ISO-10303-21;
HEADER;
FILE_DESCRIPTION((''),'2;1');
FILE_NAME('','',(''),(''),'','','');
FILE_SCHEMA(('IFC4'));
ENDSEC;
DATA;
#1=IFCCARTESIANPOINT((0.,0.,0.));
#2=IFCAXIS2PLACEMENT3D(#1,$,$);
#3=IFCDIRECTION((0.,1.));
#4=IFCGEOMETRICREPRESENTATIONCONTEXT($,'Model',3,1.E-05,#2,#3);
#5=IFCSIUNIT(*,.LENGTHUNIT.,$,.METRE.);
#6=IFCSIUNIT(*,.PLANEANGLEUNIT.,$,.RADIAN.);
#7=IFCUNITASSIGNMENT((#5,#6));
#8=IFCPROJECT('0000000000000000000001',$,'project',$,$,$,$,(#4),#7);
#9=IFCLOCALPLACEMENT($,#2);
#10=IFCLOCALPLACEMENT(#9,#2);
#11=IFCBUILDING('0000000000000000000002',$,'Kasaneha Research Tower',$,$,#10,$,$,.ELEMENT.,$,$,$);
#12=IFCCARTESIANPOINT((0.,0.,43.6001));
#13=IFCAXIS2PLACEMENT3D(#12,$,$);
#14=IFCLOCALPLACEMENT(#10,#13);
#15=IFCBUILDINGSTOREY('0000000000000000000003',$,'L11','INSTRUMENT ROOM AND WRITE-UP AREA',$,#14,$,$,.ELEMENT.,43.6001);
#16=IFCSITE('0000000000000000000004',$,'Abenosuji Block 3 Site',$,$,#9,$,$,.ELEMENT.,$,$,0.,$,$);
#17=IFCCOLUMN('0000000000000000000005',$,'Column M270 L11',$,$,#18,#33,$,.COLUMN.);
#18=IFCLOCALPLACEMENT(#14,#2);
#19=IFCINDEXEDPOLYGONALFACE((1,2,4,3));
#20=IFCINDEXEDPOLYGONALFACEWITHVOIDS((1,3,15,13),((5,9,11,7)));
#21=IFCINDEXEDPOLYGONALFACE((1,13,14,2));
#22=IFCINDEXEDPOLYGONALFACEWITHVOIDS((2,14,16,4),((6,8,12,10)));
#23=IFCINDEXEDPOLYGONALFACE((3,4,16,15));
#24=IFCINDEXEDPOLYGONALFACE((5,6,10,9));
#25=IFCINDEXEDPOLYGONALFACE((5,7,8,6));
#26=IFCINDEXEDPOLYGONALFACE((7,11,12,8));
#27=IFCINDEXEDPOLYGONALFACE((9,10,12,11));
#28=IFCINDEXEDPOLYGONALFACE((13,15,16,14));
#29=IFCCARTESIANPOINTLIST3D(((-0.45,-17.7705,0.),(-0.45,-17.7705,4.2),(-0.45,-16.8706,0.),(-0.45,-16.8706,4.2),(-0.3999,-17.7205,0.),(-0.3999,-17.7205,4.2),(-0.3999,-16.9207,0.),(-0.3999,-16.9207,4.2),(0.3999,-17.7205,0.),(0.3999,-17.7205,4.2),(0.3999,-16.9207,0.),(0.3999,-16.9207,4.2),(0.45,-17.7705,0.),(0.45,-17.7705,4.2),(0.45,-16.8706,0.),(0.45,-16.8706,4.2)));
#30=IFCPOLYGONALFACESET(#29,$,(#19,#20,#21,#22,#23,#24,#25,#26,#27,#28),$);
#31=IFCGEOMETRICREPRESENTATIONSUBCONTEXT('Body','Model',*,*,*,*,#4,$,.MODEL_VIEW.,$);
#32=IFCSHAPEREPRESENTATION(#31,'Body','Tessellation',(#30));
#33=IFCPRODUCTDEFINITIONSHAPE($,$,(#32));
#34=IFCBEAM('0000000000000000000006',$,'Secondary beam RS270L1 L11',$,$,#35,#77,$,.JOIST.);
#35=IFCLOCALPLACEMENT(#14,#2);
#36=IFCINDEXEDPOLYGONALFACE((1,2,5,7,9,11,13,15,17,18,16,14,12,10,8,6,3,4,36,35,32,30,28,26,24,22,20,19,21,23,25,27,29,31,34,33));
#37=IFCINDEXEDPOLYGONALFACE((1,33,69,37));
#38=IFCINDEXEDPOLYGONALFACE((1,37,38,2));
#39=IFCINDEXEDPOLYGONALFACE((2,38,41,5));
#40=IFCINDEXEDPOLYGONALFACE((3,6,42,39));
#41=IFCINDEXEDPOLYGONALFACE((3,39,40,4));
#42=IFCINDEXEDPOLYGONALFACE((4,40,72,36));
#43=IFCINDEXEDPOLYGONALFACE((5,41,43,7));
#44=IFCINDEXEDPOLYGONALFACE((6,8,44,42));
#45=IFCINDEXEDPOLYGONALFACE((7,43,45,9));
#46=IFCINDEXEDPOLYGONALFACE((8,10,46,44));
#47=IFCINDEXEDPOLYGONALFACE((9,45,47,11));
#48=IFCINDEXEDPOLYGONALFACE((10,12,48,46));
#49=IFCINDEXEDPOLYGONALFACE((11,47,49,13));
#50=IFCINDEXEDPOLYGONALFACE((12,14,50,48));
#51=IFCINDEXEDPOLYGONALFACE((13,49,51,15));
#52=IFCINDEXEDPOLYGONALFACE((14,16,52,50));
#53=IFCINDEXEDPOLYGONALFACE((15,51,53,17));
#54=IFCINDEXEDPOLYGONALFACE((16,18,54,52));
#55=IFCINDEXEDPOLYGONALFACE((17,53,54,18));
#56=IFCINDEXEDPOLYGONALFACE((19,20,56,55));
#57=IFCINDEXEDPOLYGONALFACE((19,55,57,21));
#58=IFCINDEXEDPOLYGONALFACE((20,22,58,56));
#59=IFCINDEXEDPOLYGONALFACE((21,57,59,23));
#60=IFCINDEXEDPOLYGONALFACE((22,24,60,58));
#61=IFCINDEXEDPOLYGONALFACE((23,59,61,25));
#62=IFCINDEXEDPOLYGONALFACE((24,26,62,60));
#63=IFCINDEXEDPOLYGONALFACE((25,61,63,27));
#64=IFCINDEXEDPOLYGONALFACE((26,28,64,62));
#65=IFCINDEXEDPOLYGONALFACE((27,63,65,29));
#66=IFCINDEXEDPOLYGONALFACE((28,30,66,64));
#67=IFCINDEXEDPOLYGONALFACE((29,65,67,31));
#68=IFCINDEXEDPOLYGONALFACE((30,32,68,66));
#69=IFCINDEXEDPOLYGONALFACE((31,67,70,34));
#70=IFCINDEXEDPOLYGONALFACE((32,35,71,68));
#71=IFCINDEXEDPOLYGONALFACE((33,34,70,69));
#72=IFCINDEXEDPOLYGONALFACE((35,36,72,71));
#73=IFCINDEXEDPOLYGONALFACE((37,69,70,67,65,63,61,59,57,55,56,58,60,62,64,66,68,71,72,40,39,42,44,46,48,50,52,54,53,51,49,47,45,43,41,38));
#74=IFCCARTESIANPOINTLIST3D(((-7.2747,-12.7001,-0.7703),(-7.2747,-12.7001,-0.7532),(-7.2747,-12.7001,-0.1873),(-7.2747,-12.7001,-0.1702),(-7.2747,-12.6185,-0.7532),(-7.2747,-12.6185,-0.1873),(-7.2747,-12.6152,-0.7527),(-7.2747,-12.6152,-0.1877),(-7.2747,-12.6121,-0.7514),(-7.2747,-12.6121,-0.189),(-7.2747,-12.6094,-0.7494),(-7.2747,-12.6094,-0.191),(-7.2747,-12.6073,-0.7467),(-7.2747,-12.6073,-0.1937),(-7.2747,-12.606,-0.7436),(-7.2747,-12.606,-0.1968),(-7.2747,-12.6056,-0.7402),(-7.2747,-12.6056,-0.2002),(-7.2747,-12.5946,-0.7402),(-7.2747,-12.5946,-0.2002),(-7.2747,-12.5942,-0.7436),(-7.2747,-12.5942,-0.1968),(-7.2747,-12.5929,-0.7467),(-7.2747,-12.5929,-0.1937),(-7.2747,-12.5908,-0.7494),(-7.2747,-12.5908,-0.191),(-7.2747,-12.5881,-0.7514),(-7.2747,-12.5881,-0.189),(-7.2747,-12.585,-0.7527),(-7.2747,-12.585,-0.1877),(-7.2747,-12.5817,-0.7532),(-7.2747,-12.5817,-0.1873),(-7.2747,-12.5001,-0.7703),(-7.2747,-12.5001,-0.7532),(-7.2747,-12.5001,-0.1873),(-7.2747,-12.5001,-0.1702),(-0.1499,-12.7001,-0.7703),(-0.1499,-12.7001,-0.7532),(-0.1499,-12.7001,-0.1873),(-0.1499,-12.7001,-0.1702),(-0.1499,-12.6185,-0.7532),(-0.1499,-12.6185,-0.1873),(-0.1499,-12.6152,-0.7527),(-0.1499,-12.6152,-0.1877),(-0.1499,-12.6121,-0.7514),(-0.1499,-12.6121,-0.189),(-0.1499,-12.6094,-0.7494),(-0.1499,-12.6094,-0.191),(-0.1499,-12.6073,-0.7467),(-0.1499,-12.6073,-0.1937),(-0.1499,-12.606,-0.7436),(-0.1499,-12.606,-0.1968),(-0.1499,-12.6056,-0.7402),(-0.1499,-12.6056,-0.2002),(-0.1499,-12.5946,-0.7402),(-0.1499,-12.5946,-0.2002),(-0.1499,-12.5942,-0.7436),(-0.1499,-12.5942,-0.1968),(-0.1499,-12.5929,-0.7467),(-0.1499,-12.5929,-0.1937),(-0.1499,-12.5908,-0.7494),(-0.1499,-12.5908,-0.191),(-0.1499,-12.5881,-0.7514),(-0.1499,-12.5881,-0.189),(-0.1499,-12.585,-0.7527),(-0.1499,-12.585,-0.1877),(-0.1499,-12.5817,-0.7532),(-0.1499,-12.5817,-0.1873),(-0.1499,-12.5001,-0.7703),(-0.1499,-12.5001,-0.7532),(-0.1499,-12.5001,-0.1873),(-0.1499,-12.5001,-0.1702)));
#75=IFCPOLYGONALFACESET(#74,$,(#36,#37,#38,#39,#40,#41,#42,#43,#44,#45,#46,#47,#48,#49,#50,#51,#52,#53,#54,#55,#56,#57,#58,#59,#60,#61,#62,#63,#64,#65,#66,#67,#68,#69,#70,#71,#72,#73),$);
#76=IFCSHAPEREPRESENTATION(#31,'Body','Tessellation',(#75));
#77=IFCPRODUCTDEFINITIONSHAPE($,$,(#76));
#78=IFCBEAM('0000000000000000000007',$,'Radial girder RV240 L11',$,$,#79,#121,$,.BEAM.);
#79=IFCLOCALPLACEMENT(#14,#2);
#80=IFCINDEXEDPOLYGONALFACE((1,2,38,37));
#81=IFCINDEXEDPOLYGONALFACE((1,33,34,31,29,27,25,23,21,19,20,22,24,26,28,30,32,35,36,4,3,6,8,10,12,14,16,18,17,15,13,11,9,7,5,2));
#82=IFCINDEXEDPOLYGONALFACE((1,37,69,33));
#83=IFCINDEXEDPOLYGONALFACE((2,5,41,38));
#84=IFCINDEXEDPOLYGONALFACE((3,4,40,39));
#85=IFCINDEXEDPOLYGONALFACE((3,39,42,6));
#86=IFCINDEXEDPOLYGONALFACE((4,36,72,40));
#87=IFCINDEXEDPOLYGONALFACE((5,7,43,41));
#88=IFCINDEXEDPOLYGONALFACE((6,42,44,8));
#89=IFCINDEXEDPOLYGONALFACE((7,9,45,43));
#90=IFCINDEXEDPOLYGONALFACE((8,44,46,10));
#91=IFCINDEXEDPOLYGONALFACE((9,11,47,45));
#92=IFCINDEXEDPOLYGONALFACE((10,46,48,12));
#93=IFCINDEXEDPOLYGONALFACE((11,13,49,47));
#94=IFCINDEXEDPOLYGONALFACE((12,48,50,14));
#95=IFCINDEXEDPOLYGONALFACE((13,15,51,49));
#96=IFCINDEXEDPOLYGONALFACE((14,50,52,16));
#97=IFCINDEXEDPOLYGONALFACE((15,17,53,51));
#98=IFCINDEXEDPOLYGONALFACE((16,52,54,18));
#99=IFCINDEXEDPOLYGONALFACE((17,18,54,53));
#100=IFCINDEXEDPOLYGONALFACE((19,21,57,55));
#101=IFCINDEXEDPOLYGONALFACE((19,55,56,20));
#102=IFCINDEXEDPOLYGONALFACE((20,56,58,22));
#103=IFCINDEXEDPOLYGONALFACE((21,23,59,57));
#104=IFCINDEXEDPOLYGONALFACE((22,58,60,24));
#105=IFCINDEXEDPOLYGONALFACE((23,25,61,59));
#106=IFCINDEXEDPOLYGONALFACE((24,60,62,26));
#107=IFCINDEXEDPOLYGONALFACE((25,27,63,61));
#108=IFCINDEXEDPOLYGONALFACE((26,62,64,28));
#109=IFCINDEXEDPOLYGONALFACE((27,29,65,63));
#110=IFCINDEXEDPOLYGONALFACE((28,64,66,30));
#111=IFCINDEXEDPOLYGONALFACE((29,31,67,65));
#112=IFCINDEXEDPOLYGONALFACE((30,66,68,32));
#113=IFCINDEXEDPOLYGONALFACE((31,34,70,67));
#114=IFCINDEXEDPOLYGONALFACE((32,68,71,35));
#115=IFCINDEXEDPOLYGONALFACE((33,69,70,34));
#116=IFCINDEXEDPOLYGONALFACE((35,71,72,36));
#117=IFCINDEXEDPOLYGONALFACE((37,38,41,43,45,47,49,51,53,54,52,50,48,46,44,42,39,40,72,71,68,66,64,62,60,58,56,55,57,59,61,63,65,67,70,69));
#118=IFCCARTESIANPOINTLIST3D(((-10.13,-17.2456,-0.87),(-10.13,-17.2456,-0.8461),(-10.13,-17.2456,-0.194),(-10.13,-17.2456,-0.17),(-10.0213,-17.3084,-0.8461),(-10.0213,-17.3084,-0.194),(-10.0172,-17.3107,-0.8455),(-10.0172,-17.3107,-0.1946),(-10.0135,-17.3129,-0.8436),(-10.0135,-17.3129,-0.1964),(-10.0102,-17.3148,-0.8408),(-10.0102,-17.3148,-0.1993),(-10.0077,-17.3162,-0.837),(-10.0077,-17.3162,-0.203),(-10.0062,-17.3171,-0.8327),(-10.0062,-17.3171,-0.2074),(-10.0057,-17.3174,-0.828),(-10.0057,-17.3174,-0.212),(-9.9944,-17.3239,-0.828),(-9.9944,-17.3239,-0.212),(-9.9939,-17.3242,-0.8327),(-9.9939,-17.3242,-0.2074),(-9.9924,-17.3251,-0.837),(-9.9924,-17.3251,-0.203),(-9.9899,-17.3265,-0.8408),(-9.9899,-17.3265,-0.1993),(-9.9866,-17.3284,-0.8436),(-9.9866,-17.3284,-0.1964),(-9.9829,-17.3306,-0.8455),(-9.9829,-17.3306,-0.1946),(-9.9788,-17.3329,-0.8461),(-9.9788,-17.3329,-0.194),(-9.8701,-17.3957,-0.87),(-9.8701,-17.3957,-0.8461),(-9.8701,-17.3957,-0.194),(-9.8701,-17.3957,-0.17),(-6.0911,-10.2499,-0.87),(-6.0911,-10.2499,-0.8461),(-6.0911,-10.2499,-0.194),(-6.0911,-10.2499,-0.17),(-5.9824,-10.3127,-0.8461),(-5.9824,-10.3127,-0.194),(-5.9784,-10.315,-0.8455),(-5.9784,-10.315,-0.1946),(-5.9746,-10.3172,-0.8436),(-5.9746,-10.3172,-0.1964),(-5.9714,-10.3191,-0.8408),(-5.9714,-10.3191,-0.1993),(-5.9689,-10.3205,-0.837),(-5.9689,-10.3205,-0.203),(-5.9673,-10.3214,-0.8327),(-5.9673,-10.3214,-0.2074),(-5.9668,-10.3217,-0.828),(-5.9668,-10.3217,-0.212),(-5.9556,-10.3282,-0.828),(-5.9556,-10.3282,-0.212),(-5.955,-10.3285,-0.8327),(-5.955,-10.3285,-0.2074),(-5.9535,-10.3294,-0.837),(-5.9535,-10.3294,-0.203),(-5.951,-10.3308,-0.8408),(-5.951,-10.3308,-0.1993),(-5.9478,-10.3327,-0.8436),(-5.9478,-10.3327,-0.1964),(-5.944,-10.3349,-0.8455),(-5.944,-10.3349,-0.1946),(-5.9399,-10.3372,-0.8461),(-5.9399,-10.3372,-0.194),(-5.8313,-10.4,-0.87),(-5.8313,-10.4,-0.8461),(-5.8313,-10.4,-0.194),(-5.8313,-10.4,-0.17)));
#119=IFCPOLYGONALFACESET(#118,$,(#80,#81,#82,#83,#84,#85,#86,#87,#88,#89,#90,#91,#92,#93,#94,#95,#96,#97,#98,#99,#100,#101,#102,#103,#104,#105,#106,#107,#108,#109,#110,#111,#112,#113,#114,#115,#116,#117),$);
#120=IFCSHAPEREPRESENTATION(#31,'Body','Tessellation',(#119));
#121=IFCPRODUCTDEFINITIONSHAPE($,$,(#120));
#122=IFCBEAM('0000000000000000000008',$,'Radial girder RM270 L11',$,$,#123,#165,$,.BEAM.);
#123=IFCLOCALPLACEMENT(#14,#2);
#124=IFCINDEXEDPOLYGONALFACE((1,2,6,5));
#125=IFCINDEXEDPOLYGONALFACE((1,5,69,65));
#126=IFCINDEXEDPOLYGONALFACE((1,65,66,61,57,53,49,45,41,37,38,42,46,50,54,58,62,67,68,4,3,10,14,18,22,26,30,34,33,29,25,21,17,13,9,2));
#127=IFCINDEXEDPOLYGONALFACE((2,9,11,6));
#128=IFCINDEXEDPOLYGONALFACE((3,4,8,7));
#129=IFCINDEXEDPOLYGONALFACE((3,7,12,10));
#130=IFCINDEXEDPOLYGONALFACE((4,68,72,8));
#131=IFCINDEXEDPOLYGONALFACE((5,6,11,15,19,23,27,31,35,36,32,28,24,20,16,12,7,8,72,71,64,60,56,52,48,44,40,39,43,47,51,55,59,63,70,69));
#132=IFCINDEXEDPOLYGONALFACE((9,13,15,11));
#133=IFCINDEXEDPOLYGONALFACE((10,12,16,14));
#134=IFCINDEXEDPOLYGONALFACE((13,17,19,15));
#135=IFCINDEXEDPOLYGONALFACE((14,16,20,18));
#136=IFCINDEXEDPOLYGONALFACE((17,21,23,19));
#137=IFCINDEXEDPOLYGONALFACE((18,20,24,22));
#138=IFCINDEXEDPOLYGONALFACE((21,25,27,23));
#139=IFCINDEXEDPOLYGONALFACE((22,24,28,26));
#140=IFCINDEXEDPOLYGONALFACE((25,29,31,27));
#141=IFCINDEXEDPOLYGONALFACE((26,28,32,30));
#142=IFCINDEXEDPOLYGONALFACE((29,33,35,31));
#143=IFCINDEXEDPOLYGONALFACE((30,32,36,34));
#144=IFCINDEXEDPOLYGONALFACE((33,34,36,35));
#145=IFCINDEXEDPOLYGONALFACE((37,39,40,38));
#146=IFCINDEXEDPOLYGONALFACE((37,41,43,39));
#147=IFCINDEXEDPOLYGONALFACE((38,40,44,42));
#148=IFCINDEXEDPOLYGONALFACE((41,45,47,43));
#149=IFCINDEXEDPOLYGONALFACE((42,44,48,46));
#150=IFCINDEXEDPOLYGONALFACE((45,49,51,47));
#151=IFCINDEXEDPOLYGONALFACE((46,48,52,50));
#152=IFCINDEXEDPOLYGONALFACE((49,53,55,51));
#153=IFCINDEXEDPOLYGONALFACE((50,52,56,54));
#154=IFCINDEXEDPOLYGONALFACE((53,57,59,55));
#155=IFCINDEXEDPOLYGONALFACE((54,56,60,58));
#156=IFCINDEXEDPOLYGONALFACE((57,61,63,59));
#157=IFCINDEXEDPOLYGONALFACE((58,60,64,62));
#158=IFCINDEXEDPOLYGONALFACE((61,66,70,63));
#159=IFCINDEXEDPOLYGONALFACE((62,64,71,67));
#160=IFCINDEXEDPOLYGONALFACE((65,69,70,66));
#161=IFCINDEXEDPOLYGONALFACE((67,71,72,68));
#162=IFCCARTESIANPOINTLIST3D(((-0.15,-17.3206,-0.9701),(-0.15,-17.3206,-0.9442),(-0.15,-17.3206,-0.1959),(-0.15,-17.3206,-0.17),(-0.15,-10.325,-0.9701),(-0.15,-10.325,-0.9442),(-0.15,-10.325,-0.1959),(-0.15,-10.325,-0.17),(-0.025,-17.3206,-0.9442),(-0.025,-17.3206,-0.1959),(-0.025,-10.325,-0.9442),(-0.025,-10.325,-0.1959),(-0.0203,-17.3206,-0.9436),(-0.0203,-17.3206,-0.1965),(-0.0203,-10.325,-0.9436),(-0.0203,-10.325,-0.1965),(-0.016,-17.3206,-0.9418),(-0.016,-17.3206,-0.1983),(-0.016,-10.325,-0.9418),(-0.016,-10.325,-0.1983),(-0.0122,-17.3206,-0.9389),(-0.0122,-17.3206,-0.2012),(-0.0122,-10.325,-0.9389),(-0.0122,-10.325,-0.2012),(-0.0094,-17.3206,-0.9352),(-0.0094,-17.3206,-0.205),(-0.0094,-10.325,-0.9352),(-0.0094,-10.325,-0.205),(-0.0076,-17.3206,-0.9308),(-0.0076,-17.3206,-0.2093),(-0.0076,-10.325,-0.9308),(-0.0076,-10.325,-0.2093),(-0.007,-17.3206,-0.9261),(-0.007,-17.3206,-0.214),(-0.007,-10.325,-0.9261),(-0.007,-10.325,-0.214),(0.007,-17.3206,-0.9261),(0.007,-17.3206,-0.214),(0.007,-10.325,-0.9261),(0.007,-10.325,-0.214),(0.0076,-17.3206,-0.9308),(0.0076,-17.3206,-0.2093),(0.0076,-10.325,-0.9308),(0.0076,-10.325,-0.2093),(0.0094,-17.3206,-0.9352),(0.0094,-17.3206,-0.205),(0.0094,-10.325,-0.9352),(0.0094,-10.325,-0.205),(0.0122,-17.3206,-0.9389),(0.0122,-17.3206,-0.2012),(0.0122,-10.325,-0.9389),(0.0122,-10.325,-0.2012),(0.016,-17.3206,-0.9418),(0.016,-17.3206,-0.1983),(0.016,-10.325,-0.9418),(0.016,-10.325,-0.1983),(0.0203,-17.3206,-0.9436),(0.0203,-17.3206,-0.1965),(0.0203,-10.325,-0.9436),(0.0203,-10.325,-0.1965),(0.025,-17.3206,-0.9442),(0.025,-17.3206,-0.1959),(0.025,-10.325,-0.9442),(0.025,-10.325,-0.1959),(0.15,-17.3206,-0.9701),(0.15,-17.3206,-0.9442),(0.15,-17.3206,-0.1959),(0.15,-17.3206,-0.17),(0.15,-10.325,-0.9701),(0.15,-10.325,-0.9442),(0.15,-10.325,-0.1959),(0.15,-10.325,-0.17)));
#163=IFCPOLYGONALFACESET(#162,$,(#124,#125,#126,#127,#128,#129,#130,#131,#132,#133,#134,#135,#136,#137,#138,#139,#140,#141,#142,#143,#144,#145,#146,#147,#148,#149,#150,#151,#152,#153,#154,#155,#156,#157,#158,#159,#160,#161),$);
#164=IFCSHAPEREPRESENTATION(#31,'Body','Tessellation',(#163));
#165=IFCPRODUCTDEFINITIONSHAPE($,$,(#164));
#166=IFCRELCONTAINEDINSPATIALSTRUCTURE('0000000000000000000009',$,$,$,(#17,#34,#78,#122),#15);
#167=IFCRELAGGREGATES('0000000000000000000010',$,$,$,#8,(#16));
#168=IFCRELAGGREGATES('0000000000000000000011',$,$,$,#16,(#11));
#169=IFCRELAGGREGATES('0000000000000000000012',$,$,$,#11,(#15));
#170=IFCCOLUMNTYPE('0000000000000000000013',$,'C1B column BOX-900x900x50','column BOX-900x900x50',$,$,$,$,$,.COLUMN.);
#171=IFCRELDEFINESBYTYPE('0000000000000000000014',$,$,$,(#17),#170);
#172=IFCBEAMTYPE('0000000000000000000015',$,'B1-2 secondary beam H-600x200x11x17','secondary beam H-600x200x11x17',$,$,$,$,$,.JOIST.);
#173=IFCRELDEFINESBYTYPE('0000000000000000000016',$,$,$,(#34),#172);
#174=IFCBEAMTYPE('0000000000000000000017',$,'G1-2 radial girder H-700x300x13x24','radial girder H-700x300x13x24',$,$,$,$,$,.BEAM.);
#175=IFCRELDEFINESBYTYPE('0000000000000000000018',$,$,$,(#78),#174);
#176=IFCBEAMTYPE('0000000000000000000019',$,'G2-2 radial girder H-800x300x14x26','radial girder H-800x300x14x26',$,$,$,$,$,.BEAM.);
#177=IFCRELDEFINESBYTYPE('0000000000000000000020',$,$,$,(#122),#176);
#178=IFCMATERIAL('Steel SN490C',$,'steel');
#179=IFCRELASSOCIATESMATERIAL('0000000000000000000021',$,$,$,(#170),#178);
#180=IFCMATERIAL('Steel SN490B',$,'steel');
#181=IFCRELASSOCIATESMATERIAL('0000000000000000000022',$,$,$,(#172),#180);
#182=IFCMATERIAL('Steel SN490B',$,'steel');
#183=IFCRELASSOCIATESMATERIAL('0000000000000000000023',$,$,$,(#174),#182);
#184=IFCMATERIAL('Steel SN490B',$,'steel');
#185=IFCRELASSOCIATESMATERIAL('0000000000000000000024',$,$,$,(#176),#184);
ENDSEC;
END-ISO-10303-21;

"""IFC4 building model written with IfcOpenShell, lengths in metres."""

from ifc_helpers import new_model, si_unit, direction, frame, origin, origin_2d, place, context, subcontext, project, spatial, hollow_rectangle, i_section, extrude, material, material_profile, profile_set, type_object, element, save


model = new_model("IFC4")

# Units and contexts
model_context = context("Model", 3, precision=1e-05, world=origin(), true_north=direction((0.0, 1.0)))
body_context = subcontext(model_context, "Body", "Model", "MODEL_VIEW")
ifc_project = project(units=[si_unit("LENGTHUNIT", "METRE"), si_unit("PLANEANGLEUNIT", "RADIAN")], contexts=[model_context])

# Site, building, storey
site_placement = place(None, origin())
site = spatial("IfcSite", under=ifc_project, at=site_placement, Name="Abenosuji Block 3 Site", CompositionType="ELEMENT", RefElevation=0.0)
building_placement = place(site_placement, origin())
building = spatial("IfcBuilding", under=site, at=building_placement, Name="Kasaneha Research Tower", CompositionType="ELEMENT")
storey_placement = place(building_placement, frame((0.0, 0.0, 43.6001)))
storey = spatial("IfcBuildingStorey", under=building, at=storey_placement, Name="L11", Description="INSTRUMENT ROOM AND WRITE-UP AREA", CompositionType="ELEMENT", Elevation=43.6001)

# Column
ifc_material_1 = material(Name="Steel SN490C", Category="steel")
ifc_material_profile_1 = material_profile(ifc_material_1, hollow_rectangle(XDim=0.8999, YDim=0.8999, WallThickness=0.05, at=origin_2d()), Name="BOX-900x900x50")
ifc_profile_set_1 = profile_set([ifc_material_profile_1], Name="Steel SN490C")
column_type = type_object("IfcColumnType", Name="C1B column BOX-900x900x50", Description="column BOX-900x900x50", PredefinedType="COLUMN", material=ifc_profile_set_1)
column_placement = place(storey_placement, frame((0.0, -17.3206, 0.0), z_axis=(0.0, 0.0, 1.0), x_axis=(1.0, 0.0, 0.0)))
element("IfcColumn", 1, at=column_placement, inside=storey, type_object=column_type, Name="Column M270 L11", PredefinedType="COLUMN", context=body_context, shape_type="SweptSolid", body=[
    extrude(hollow_rectangle(XDim=0.8999, YDim=0.8999, WallThickness=0.05, at=origin_2d()), origin(), (0.0, 0.0, 1.0), 4.2),
])

# Beams
ifc_material_2 = material(Name="Steel SN490B", Category="steel")
ifc_material_profile_2 = material_profile(ifc_material_2, i_section(OverallWidth=0.2, OverallDepth=0.6001, WebThickness=0.011, FlangeThickness=0.0171, FilletRadius=0.0129, at=origin_2d()), Name="H-600x200x11x17")
ifc_profile_set_2 = profile_set([ifc_material_profile_2], Name="Steel SN490B")
beam_type_1 = type_object("IfcBeamType", Name="B1-2 secondary beam H-600x200x11x17", Description="secondary beam H-600x200x11x17", PredefinedType="JOIST", material=ifc_profile_set_2)
beam_1_placement = place(storey_placement, frame((-7.2747, -12.6001, -0.4702), z_axis=(1.0, 0.0, 0.0), x_axis=(0.0, 1.0, 0.0)))
element("IfcBeam", 2, at=beam_1_placement, inside=storey, type_object=beam_type_1, Name="Secondary beam RS270L1 L11", PredefinedType="JOIST", context=body_context, shape_type="SweptSolid", body=[
    extrude(i_section(OverallWidth=0.2, OverallDepth=0.6001, WebThickness=0.011, FlangeThickness=0.0171, FilletRadius=0.0129, at=origin_2d()), origin(), (0.0, 0.0, 1.0), 7.1248),
])
ifc_material_3 = material(Name="Steel SN490B", Category="steel")
ifc_material_profile_3 = material_profile(ifc_material_3, i_section(OverallWidth=0.3, OverallDepth=0.7, WebThickness=0.0129, FlangeThickness=0.0239, FilletRadius=0.0181, at=origin_2d()), Name="H-700x300x13x24")
ifc_profile_set_3 = profile_set([ifc_material_profile_3], Name="Steel SN490B")
beam_type_2 = type_object("IfcBeamType", Name="G1-2 radial girder H-700x300x13x24", Description="radial girder H-700x300x13x24", PredefinedType="BEAM", material=ifc_profile_set_3)
beam_2_placement = place(storey_placement, frame((-5.9612, -10.325, -0.52), z_axis=(-0.499991, -0.866031, 0.0), x_axis=(0.866031, -0.499991, 0.0)))
element("IfcBeam", 3, at=beam_2_placement, inside=storey, type_object=beam_type_2, Name="Radial girder RV240 L11", PredefinedType="BEAM", context=body_context, shape_type="SweptSolid", body=[
    extrude(i_section(OverallWidth=0.3, OverallDepth=0.7, WebThickness=0.0129, FlangeThickness=0.0239, FilletRadius=0.0181, at=origin_2d()), origin(), (0.0, 0.0, 1.0), 8.0779),
])
ifc_material_4 = material(Name="Steel SN490B", Category="steel")
ifc_material_profile_4 = material_profile(ifc_material_4, i_section(OverallWidth=0.3, OverallDepth=0.8, WebThickness=0.0139, FlangeThickness=0.0259, FilletRadius=0.0181, at=origin_2d()), Name="H-800x300x14x26")
ifc_profile_set_4 = profile_set([ifc_material_profile_4], Name="Steel SN490B")
beam_type_3 = type_object("IfcBeamType", Name="G2-2 radial girder H-800x300x14x26", Description="radial girder H-800x300x14x26", PredefinedType="BEAM", material=ifc_profile_set_4)
beam_3_placement = place(storey_placement, frame((0.0, -10.325, -0.5701), z_axis=(0.0, -1.0, 0.0), x_axis=(1.0, 0.0, 0.0)))
element("IfcBeam", 4, at=beam_3_placement, inside=storey, type_object=beam_type_3, Name="Radial girder RM270 L11", PredefinedType="BEAM", context=body_context, shape_type="SweptSolid", body=[
    extrude(i_section(OverallWidth=0.3, OverallDepth=0.8, WebThickness=0.0139, FlangeThickness=0.0259, FilletRadius=0.0181, at=origin_2d()), origin(), (0.0, 0.0, 1.0), 6.9956),
])

save(model, "model.ifc")
